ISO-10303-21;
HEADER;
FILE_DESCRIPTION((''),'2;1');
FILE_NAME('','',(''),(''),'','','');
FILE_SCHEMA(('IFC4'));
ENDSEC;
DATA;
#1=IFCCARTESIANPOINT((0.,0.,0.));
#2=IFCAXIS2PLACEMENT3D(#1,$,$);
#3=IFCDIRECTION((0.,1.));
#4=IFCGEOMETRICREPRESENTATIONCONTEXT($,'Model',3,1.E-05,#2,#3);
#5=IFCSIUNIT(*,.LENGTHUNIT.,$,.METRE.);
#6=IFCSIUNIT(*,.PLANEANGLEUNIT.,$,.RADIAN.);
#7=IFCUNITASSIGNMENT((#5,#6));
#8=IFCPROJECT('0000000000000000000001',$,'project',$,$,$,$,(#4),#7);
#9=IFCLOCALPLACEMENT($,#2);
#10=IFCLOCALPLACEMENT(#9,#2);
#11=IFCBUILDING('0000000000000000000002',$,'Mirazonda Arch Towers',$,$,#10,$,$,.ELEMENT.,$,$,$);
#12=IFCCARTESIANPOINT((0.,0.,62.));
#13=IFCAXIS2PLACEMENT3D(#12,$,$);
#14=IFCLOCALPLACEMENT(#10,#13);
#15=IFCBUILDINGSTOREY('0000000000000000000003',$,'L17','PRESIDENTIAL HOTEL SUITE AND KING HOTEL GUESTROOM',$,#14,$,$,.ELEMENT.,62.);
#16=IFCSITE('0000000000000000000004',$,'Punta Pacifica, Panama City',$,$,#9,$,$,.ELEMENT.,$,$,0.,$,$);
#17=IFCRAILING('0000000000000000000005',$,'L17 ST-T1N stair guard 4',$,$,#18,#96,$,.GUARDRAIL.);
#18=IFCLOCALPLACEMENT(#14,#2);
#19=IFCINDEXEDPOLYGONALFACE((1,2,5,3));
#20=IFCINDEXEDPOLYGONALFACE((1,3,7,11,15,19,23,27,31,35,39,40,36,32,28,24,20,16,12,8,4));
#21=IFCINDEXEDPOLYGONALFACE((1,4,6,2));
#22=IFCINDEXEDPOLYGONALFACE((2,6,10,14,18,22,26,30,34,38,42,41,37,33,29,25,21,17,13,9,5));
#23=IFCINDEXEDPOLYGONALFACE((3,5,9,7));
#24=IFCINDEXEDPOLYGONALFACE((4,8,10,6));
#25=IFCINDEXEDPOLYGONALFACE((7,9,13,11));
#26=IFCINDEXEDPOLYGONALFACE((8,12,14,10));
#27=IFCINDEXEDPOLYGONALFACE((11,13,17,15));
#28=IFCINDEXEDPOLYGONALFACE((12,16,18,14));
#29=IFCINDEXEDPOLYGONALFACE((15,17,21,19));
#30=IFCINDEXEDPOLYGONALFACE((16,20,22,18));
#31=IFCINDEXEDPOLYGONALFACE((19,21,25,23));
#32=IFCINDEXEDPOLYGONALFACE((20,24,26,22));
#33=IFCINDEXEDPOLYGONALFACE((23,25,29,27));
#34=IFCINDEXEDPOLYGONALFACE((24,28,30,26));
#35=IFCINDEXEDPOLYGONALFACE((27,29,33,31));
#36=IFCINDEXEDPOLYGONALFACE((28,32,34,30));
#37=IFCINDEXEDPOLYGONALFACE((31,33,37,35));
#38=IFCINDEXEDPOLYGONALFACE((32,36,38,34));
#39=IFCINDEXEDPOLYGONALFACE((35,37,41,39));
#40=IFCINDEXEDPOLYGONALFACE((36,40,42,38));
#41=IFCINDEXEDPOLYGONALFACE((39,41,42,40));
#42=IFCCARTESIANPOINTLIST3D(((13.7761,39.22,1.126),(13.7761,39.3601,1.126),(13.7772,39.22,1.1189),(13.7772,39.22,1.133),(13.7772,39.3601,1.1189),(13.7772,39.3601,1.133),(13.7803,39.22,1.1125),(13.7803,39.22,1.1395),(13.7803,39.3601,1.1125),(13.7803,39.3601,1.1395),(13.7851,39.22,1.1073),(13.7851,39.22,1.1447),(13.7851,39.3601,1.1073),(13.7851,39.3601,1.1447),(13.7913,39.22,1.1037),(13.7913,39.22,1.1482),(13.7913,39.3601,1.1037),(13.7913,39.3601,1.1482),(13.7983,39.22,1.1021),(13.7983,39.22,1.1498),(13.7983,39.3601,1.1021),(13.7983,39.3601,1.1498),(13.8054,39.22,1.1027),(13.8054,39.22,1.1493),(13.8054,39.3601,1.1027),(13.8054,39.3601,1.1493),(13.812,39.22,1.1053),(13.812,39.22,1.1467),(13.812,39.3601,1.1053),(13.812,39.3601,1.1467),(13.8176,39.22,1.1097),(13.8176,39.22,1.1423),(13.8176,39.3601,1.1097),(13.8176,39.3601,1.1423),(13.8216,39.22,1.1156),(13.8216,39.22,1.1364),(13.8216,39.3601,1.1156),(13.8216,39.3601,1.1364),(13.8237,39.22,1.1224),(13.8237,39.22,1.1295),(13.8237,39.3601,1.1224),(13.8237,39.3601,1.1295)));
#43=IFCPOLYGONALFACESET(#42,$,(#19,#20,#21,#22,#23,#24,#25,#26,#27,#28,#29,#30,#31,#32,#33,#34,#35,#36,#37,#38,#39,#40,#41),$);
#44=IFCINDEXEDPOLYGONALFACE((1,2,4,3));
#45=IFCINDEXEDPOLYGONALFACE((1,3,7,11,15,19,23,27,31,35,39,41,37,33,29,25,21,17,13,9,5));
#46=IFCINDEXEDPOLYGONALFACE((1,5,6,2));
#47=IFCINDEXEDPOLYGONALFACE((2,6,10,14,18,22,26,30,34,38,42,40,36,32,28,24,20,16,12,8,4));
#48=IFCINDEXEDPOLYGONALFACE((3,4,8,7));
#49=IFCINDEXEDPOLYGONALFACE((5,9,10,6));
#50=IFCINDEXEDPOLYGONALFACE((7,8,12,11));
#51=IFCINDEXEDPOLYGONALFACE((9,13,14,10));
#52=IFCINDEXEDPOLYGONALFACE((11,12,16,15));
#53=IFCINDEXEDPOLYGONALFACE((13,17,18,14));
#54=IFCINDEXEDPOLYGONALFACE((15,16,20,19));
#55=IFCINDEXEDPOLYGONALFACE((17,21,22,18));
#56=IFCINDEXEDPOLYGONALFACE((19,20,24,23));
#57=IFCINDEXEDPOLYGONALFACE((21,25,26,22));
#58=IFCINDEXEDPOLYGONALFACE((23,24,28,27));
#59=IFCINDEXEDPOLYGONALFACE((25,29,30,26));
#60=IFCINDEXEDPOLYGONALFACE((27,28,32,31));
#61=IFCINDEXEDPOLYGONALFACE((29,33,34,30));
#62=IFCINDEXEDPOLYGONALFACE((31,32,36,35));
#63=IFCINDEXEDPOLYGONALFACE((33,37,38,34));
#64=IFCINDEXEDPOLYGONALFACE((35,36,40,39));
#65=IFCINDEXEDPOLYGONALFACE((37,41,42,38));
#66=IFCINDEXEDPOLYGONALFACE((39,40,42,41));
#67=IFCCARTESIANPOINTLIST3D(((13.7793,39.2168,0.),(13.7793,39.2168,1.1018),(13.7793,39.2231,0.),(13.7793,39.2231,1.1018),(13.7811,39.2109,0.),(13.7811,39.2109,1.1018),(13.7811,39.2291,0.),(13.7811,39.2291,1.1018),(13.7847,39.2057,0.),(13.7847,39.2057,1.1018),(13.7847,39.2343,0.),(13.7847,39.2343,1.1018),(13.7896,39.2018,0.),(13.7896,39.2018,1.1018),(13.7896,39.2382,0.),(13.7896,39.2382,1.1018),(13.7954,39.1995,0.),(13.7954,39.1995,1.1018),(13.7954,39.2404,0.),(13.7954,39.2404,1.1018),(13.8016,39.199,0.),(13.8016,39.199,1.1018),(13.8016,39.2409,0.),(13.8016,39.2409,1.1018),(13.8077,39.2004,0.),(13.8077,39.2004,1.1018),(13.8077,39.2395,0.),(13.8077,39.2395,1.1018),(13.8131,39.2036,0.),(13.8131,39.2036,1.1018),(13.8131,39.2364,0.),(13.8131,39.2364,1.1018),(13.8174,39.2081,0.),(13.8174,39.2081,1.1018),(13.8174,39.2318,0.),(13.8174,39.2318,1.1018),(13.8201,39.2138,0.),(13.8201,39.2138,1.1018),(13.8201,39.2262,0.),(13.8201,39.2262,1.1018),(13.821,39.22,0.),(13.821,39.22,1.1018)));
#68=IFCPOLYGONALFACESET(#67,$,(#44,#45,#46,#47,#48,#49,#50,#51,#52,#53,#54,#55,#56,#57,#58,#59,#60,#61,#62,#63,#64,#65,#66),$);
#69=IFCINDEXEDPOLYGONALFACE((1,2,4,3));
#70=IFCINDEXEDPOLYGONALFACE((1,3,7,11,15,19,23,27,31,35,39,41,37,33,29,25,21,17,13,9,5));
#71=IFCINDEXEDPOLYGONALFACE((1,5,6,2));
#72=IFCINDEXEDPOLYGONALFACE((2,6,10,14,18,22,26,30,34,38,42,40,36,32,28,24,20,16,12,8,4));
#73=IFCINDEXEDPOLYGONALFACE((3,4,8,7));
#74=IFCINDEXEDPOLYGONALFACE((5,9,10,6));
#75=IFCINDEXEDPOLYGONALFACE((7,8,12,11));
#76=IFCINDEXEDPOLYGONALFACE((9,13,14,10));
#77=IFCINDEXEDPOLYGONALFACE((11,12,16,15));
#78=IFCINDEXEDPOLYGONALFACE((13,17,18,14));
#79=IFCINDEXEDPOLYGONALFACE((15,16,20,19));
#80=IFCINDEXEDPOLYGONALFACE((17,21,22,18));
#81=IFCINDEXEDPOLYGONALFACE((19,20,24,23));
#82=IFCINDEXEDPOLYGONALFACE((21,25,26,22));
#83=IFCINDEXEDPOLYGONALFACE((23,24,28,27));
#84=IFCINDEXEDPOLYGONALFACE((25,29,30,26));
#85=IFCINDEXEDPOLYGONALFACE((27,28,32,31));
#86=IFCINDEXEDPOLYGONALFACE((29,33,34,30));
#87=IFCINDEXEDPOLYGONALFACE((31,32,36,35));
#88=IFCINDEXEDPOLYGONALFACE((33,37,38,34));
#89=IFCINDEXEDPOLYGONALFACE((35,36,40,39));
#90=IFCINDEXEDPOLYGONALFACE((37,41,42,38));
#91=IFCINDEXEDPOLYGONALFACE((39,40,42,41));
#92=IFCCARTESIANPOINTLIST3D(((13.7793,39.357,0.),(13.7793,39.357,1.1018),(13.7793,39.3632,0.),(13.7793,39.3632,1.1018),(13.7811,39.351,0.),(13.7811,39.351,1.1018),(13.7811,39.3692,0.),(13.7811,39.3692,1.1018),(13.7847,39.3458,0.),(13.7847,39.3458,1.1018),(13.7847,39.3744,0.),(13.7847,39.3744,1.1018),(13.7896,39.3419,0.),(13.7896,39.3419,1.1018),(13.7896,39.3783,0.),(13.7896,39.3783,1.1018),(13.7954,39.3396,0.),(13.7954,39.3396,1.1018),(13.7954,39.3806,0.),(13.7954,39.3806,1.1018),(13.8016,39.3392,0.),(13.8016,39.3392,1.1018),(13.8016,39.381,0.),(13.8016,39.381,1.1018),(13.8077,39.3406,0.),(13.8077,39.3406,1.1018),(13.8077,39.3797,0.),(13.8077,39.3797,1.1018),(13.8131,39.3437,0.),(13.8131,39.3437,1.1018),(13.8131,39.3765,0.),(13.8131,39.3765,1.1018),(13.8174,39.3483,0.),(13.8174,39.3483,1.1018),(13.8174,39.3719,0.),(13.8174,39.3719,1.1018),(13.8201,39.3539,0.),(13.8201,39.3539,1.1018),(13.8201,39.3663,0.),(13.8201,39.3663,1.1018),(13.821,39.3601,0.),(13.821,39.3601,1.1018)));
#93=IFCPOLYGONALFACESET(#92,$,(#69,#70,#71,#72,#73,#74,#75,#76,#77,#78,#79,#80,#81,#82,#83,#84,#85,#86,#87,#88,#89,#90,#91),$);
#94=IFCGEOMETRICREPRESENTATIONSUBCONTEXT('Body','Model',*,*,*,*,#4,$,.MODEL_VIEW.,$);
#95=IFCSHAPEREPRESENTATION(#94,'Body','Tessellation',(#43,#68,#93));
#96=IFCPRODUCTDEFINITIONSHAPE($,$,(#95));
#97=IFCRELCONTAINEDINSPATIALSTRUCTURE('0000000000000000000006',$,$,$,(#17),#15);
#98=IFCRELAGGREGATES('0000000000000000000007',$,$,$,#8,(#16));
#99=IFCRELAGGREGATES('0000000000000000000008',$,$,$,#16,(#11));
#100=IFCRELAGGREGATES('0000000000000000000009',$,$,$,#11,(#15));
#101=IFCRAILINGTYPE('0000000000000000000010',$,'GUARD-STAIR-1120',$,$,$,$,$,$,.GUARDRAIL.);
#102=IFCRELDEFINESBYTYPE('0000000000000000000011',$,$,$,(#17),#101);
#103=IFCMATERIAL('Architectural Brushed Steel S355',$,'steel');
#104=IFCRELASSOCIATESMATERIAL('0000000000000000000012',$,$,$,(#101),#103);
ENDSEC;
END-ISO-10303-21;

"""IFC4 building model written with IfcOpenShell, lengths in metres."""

from ifc_helpers import new_model, si_unit, direction, frame, origin, origin_2d, place, context, subcontext, project, spatial, circle, extrude, material, type_object, element, save


model = new_model("IFC4")

# Units and contexts
model_context = context("Model", 3, precision=1e-05, world=origin(), true_north=direction((0.0, 1.0)))
body_context = subcontext(model_context, "Body", "Model", "MODEL_VIEW")
ifc_project = project(units=[si_unit("LENGTHUNIT", "METRE"), si_unit("PLANEANGLEUNIT", "RADIAN")], contexts=[model_context])

# Site, building, storey
site_placement = place(None, origin())
site = spatial("IfcSite", under=ifc_project, at=site_placement, Name="Punta Pacifica, Panama City", CompositionType="ELEMENT", RefElevation=0.0)
building_placement = place(site_placement, origin())
building = spatial("IfcBuilding", under=site, at=building_placement, Name="Mirazonda Arch Towers", CompositionType="ELEMENT")
storey_placement = place(building_placement, frame((0.0, 0.0, 62.0)))
storey = spatial("IfcBuildingStorey", under=building, at=storey_placement, Name="L17", Description="PRESIDENTIAL HOTEL SUITE AND KING HOTEL GUESTROOM", CompositionType="ELEMENT", Elevation=62.0)

# Shared definitions
ifc_material_1 = material(Name="Architectural Brushed Steel S355", Category="steel")

# Railing
railing_type_1 = type_object("IfcRailingType", Name="GUARD-STAIR-1120", PredefinedType="GUARDRAIL", material=ifc_material_1)
railing_1_placement = place(storey_placement, frame((13.8, 39.22, 0.0)))
element("IfcRailing", 1, at=railing_1_placement, inside=storey, type_object=railing_type_1, Name="L17 ST-T1N stair guard 4", PredefinedType="GUARDRAIL", context=body_context, shape_type="SweptSolid", body=[
    extrude(circle(Radius=0.0239, at=origin_2d()), frame((0.0, 0.0, 1.126), z_axis=(0.0, 1.0, 0.0), x_axis=(-1.0, 0.0, 0.0)), (0.0, 0.0, 1.0), 0.1401),
    extrude(circle(Radius=0.021, at=origin_2d()), origin(), (0.0, 0.0, 1.0), 1.1018),
    extrude(circle(Radius=0.021, at=origin_2d()), frame((0.0, 0.1401, 0.0)), (0.0, 0.0, 1.0), 1.1018),
])

save(model, "model.ifc")
